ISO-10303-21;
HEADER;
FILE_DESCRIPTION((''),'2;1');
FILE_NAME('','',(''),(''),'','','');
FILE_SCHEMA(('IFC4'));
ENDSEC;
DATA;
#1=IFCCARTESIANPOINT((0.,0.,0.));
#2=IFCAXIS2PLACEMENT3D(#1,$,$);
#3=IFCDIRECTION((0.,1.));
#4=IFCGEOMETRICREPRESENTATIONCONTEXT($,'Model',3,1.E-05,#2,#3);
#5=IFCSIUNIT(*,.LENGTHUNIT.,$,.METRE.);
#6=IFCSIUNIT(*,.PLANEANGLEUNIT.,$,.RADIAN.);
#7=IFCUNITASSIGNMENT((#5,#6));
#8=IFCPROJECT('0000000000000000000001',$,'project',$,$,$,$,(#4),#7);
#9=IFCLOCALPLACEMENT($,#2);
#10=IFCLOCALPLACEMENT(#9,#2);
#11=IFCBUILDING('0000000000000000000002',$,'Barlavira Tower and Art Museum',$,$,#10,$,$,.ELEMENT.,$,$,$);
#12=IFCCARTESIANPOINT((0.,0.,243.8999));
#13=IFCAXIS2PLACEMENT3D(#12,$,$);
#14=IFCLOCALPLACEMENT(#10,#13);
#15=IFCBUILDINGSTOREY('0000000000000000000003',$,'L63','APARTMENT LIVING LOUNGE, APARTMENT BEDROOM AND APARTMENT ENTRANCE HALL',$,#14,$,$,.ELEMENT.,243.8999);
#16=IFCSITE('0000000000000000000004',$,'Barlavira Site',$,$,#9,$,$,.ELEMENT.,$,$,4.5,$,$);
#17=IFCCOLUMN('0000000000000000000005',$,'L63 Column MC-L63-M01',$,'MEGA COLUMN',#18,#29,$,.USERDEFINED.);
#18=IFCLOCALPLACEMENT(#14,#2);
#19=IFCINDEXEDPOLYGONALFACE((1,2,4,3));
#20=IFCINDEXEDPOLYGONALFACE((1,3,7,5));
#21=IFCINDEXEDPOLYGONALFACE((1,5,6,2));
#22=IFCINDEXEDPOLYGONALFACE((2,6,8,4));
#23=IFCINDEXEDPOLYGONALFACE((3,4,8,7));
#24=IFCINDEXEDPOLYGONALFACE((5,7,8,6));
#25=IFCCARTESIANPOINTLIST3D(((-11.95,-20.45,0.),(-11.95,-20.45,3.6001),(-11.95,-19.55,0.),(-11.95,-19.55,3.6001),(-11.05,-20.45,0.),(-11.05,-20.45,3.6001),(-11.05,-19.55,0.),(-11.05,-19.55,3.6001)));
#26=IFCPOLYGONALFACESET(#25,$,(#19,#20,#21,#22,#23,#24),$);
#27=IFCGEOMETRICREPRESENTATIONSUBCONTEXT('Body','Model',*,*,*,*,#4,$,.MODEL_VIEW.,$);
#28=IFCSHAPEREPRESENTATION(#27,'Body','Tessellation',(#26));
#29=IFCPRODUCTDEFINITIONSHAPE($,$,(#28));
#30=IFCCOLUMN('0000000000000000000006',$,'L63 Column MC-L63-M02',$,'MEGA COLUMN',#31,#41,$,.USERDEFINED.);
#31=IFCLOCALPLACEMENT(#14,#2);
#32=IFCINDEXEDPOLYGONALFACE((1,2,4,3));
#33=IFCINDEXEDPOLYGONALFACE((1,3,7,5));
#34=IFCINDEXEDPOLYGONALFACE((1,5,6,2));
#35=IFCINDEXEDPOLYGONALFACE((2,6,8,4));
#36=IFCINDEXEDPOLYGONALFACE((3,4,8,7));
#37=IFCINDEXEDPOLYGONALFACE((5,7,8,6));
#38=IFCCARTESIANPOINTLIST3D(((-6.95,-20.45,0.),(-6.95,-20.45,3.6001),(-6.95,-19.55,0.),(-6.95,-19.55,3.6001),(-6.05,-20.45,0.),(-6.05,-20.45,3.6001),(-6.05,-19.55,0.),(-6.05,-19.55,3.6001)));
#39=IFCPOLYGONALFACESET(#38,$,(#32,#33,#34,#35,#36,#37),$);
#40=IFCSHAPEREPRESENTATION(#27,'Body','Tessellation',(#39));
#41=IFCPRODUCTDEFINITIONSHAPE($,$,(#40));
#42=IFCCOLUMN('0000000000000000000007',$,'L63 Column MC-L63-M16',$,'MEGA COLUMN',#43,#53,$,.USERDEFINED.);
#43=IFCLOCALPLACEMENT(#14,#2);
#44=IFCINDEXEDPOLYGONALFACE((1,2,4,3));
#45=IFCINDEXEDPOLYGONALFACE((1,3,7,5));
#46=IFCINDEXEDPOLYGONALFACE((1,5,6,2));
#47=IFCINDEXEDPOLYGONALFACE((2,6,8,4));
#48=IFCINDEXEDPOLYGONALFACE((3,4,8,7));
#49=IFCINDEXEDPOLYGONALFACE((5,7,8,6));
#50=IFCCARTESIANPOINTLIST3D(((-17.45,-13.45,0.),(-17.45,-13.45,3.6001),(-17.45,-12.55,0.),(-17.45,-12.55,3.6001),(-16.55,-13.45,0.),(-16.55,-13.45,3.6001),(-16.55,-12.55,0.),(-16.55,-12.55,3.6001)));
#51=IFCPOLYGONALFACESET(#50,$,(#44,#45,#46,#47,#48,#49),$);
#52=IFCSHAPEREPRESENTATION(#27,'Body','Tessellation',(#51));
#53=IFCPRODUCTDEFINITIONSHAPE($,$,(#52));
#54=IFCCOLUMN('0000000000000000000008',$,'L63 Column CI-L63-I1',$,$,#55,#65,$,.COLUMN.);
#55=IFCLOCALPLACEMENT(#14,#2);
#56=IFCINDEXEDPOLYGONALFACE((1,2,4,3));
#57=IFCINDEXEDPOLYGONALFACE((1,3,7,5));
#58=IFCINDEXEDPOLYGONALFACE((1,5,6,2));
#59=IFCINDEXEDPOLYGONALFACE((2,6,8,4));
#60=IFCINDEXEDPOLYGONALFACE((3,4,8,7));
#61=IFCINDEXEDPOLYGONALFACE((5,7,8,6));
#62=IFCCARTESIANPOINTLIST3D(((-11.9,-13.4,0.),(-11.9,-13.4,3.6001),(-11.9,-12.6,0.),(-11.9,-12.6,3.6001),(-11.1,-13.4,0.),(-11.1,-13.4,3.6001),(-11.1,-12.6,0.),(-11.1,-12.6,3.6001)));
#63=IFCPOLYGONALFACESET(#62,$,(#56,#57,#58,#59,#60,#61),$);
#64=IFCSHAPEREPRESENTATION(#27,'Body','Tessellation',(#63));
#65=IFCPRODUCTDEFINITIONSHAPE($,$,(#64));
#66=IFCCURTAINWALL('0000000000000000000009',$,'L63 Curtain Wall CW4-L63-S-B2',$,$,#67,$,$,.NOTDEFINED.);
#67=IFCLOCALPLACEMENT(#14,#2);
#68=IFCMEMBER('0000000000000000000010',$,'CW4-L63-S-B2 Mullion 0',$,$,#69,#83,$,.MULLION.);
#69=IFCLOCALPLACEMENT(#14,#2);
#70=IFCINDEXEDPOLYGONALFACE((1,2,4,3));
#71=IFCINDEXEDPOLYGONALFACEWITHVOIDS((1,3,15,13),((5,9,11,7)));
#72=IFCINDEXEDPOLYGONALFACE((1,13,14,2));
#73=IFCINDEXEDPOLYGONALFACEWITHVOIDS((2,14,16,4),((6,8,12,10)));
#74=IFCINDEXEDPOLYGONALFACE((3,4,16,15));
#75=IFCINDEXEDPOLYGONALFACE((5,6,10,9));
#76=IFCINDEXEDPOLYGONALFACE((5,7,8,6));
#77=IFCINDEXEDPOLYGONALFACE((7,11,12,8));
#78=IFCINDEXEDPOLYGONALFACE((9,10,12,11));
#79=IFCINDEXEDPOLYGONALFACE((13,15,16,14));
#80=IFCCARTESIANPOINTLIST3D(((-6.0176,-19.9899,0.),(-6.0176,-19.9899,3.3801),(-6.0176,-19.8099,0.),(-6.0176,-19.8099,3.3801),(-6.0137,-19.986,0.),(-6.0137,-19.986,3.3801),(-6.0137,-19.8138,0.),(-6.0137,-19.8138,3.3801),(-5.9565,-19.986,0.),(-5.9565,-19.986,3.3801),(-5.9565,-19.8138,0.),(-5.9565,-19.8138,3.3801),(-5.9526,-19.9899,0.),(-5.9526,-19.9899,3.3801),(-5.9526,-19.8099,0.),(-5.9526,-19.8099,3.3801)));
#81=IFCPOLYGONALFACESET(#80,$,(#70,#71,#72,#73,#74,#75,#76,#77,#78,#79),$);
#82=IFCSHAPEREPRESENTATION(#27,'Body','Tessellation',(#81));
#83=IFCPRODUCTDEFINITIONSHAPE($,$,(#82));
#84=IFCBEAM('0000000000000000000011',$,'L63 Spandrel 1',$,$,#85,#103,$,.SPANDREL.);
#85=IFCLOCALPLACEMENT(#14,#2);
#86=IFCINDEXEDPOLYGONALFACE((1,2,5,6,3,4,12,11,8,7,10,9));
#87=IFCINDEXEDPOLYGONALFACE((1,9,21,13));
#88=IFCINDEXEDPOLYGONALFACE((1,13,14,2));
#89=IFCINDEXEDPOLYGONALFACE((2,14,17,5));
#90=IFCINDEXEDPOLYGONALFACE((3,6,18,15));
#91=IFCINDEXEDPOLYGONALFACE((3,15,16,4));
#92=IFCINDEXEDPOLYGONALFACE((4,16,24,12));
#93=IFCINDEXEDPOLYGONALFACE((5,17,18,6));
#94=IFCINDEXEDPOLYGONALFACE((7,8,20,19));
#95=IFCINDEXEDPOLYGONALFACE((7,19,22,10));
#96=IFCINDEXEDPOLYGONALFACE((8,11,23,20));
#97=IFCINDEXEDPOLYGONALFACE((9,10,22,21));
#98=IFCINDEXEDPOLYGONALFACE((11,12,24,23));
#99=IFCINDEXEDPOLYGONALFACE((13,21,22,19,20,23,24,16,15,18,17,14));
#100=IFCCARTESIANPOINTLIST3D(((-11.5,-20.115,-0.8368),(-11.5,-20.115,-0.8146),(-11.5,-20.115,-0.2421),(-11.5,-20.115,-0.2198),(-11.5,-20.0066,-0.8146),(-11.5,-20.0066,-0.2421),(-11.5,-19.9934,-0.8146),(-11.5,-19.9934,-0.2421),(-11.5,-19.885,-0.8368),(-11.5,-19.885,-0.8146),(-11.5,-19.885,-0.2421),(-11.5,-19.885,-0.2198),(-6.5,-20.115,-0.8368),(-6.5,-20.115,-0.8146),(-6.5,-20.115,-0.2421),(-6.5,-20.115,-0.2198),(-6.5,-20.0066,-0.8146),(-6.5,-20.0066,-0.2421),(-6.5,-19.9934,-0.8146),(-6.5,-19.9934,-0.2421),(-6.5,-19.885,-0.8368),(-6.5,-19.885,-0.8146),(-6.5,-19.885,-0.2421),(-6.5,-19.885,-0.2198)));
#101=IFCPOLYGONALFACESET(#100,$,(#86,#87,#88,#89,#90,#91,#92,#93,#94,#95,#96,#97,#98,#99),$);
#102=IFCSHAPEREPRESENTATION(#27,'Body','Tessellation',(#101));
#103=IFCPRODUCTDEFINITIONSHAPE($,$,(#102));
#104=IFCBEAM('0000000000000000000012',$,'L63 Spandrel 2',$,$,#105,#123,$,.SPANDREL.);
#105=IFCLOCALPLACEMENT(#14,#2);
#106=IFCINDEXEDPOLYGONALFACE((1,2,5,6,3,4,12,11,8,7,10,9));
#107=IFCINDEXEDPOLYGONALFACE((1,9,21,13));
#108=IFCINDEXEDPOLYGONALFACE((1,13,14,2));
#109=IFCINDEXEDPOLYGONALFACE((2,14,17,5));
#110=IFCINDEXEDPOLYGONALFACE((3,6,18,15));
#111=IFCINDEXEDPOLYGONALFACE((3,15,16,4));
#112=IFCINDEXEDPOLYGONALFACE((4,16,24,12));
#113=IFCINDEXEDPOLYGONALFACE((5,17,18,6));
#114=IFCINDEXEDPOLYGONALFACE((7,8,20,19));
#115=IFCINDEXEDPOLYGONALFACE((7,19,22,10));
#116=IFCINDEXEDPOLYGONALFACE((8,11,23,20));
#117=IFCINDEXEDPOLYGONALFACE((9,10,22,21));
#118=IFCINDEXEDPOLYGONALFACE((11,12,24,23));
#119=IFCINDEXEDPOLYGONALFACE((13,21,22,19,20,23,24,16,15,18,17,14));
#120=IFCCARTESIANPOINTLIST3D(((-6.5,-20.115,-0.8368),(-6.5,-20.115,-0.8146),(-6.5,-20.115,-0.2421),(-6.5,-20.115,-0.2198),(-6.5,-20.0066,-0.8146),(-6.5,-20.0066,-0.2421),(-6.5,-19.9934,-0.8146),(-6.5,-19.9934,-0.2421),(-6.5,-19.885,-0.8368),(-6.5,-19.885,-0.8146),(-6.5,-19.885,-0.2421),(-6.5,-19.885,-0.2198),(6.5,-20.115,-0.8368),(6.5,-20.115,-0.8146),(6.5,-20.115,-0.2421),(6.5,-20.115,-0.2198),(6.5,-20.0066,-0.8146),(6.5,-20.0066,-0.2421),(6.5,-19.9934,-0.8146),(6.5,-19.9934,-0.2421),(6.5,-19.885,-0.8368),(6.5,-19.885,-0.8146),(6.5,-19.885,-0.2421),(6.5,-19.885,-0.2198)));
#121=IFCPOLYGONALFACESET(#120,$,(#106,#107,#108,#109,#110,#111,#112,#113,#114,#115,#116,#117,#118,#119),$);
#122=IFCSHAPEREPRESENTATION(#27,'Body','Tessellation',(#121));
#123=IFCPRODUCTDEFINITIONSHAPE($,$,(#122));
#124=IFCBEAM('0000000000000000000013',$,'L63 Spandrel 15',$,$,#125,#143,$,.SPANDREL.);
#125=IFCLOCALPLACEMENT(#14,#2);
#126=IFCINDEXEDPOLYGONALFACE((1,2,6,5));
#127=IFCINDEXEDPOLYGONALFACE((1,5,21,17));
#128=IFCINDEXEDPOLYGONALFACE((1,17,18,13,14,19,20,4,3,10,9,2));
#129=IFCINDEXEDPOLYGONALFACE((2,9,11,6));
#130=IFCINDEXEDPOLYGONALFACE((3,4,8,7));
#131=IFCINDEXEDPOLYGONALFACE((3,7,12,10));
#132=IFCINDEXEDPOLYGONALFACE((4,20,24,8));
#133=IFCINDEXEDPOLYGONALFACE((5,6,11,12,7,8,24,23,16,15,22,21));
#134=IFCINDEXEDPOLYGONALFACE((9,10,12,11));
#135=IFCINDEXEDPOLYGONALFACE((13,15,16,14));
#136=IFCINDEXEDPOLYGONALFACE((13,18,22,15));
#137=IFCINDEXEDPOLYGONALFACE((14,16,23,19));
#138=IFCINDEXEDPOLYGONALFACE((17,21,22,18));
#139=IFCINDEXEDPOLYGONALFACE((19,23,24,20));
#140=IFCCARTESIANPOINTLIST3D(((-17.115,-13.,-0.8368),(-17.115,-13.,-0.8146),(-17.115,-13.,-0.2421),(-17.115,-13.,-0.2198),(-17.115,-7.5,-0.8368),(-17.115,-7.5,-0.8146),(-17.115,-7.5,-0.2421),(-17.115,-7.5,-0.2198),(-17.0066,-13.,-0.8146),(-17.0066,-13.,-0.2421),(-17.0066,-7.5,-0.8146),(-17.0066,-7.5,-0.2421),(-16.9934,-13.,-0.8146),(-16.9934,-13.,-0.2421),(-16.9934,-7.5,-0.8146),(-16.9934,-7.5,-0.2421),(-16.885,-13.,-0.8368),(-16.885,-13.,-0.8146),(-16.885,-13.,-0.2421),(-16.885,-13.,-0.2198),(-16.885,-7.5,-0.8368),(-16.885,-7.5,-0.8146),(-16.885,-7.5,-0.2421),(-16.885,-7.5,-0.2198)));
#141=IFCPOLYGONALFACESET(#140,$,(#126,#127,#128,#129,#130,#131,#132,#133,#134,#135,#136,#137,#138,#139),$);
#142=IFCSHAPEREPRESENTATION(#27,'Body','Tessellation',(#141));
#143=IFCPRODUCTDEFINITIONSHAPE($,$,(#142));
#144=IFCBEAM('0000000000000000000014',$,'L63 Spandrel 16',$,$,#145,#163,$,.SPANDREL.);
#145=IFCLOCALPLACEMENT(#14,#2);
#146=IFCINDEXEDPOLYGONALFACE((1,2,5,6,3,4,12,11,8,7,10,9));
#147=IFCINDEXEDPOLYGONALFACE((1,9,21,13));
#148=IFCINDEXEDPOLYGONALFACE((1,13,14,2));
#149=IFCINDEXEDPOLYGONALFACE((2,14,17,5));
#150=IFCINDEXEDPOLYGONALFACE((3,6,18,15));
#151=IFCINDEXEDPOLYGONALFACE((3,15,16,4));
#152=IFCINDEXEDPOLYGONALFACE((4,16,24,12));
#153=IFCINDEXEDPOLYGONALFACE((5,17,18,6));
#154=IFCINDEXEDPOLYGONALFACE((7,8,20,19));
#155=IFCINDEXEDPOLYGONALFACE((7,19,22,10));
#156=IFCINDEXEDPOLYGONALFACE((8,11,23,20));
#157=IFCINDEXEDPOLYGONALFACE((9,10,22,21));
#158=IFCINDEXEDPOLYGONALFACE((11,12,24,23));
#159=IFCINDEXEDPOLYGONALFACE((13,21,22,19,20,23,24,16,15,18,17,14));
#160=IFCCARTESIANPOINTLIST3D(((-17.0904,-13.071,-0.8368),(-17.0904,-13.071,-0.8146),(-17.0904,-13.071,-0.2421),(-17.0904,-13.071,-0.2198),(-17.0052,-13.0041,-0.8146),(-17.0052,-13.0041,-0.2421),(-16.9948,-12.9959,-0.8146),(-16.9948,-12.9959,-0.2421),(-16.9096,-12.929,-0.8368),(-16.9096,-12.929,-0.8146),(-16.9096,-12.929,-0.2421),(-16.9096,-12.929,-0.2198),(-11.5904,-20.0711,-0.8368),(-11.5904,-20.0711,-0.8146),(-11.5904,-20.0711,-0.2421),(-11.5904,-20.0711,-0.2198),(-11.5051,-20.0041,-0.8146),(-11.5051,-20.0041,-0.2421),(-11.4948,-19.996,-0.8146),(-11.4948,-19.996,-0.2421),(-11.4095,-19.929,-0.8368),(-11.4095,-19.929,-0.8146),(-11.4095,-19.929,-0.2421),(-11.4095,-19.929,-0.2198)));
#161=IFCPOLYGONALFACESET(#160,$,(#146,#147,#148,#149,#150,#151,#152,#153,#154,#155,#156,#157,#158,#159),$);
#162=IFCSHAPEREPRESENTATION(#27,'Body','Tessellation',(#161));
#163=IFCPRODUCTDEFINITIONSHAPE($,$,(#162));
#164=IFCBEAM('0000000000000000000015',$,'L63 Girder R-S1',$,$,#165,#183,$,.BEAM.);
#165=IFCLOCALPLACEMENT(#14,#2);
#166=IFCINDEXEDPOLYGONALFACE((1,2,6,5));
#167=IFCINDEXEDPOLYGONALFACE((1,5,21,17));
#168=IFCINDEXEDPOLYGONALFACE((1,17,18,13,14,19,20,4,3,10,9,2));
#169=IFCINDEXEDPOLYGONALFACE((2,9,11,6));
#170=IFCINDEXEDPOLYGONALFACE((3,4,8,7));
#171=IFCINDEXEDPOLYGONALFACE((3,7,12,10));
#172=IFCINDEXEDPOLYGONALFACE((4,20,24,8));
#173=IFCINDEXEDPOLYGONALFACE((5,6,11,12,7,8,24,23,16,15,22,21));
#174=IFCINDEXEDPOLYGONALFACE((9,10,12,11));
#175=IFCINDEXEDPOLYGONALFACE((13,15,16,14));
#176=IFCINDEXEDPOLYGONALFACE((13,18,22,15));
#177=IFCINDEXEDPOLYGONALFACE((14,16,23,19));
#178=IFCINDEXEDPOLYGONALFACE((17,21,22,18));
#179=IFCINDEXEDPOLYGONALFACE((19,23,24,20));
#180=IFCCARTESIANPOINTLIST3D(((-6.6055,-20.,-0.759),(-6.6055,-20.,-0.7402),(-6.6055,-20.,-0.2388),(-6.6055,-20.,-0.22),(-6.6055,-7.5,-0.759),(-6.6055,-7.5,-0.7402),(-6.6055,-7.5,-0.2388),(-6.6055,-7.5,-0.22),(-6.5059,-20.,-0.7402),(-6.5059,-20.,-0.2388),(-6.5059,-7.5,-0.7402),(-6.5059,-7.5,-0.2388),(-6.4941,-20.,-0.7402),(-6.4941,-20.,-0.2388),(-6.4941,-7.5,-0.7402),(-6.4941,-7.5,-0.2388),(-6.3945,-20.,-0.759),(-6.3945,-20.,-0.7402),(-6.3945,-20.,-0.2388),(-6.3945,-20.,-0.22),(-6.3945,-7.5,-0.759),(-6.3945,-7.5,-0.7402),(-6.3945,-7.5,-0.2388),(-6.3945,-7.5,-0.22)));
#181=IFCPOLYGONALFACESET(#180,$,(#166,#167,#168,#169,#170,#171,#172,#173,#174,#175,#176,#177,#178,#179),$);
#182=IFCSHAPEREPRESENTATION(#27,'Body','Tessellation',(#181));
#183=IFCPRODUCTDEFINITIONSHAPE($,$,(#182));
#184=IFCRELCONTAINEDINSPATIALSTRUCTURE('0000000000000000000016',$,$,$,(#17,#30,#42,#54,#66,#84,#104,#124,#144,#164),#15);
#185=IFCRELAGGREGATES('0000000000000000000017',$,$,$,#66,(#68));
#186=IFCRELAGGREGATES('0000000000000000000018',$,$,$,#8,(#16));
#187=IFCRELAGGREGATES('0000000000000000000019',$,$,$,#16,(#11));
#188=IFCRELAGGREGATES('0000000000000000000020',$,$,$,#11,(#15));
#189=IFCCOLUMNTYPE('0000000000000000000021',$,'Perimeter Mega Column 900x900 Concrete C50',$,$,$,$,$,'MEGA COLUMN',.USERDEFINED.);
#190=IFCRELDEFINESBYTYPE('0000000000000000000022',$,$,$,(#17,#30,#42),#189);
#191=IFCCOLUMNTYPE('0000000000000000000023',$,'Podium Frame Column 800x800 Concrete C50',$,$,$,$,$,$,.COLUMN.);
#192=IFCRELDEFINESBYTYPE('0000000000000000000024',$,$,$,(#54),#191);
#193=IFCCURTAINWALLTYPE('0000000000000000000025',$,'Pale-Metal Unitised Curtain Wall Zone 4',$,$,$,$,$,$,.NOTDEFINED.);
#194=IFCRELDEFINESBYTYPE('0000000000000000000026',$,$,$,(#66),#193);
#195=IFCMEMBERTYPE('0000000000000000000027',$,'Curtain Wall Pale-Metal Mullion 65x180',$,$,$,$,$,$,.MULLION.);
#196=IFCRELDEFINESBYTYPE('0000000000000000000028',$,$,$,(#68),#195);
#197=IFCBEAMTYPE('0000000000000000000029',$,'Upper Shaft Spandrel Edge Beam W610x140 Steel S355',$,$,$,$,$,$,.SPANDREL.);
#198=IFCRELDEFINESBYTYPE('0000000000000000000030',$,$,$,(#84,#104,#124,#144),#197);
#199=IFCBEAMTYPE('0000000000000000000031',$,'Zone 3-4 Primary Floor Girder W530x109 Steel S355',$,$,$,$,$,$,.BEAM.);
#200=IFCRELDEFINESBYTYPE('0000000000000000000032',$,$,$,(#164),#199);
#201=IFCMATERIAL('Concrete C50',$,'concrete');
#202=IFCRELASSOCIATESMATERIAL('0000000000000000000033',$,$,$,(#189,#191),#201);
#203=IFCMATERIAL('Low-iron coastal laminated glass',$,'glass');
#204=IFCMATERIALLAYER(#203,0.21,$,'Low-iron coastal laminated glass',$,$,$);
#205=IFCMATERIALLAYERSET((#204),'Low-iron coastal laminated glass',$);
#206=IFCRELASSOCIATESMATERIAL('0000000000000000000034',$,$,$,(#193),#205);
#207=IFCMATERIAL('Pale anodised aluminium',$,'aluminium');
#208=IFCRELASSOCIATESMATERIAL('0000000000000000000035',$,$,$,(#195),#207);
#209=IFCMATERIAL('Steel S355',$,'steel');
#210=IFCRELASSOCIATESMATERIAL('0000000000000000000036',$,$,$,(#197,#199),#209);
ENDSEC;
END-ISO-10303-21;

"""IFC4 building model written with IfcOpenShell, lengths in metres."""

from ifc_helpers import new_model, si_unit, direction, frame, origin, origin_2d, place, context, subcontext, project, spatial, rectangle, hollow_rectangle, i_section, extrude, material, layer, layer_set, material_profile, profile_set, type_object, element, aggregate, save


model = new_model("IFC4")

# Units and contexts
model_context = context("Model", 3, precision=1e-05, world=origin(), true_north=direction((0.0, 1.0)))
body_context = subcontext(model_context, "Body", "Model", "MODEL_VIEW")
ifc_project = project(units=[si_unit("LENGTHUNIT", "METRE"), si_unit("PLANEANGLEUNIT", "RADIAN")], contexts=[model_context])

# Site, building, storey
site_placement = place(None, origin())
site = spatial("IfcSite", under=ifc_project, at=site_placement, Name="Barlavira Site", CompositionType="ELEMENT", RefElevation=4.5)
building_placement = place(site_placement, origin())
building = spatial("IfcBuilding", under=site, at=building_placement, Name="Barlavira Tower and Art Museum", CompositionType="ELEMENT")
storey_placement = place(building_placement, frame((0.0, 0.0, 243.8999)))
storey = spatial("IfcBuildingStorey", under=building, at=storey_placement, Name="L63", Description="APARTMENT LIVING LOUNGE, APARTMENT BEDROOM AND APARTMENT ENTRANCE HALL", CompositionType="ELEMENT", Elevation=243.8999)

# Columns
ifc_material_1 = material(Name="Concrete C50", Category="concrete")
ifc_material_profile_1 = material_profile(ifc_material_1, rectangle(XDim=0.8999, YDim=0.8999, at=origin_2d()), Name="RC-COL 900x900")
ifc_profile_set_1 = profile_set([ifc_material_profile_1], Name="Concrete C50")
column_type_1 = type_object("IfcColumnType", Name="Perimeter Mega Column 900x900 Concrete C50", ElementType="MEGA COLUMN", PredefinedType="USERDEFINED", material=ifc_profile_set_1)
for number, where, z_axis, x_axis, name in (
    (1, (-11.5, -20.0, 0.0), (0.0, 0.0, 1.0), (1.0, 0.0, 0.0), "L63 Column MC-L63-M01"),
    (2, (-6.5, -20.0, 0.0), (0.0, 0.0, 1.0), (1.0, 0.0, 0.0), "L63 Column MC-L63-M02"),
    (3, (-17.0, -13.0, 0.0), (0.0, 0.0, 1.0), (1.0, 0.0, 0.0), "L63 Column MC-L63-M16"),
):
    element("IfcColumn", number, at=place(storey_placement, frame(where, z_axis=z_axis, x_axis=x_axis)), inside=storey, type_object=column_type_1, Name=name, ObjectType="MEGA COLUMN", PredefinedType="USERDEFINED", context=body_context, shape_type="SweptSolid", body=[
        extrude(rectangle(XDim=0.8999, YDim=0.8999, at=origin_2d()), origin(), (0.0, 0.0, 1.0), 3.6001),
    ])
ifc_material_profile_2 = material_profile(ifc_material_1, rectangle(XDim=0.8, YDim=0.8, at=origin_2d()), Name="RC-COL 800x800")
ifc_profile_set_2 = profile_set([ifc_material_profile_2], Name="Concrete C50")
column_type_2 = type_object("IfcColumnType", Name="Podium Frame Column 800x800 Concrete C50", PredefinedType="COLUMN", material=ifc_profile_set_2)
column_placement = place(storey_placement, frame((-11.5, -13.0, 0.0), z_axis=(0.0, 0.0, 1.0), x_axis=(1.0, 0.0, 0.0)))
element("IfcColumn", 4, at=column_placement, inside=storey, type_object=column_type_2, Name="L63 Column CI-L63-I1", PredefinedType="COLUMN", context=body_context, shape_type="SweptSolid", body=[
    extrude(rectangle(XDim=0.8, YDim=0.8, at=origin_2d()), origin(), (0.0, 0.0, 1.0), 3.6001),
])

# Curtain wall, member
ifc_material_2 = material(Name="Low-iron coastal laminated glass", Category="glass")
ifc_layer_1 = layer(ifc_material_2, 0.21, Name="Low-iron coastal laminated glass")
ifc_layer_set_1 = layer_set([ifc_layer_1], Name="Low-iron coastal laminated glass")
curtain_wall_type = type_object("IfcCurtainWallType", Name="Pale-Metal Unitised Curtain Wall Zone 4", PredefinedType="NOTDEFINED", material=ifc_layer_set_1)
curtain_wall_placement = place(storey_placement, origin())
curtain_wall = element("IfcCurtainWall", 5, at=curtain_wall_placement, inside=storey, type_object=curtain_wall_type, Name="L63 Curtain Wall CW4-L63-S-B2", PredefinedType="NOTDEFINED")
ifc_material_3 = material(Name="Pale anodised aluminium", Category="aluminium")
ifc_material_profile_3 = material_profile(ifc_material_3, hollow_rectangle(XDim=0.0649, YDim=0.1799, WallThickness=0.0039, at=origin_2d()), Name="ALU-MULL 65x180x4")
ifc_profile_set_3 = profile_set([ifc_material_profile_3], Name="Pale anodised aluminium")
member_type = type_object("IfcMemberType", Name="Curtain Wall Pale-Metal Mullion 65x180", PredefinedType="MULLION", material=ifc_profile_set_3)
member_placement = place(storey_placement, frame((-5.9851, -19.8999, 0.0), z_axis=(0.0, 0.0, 1.0), x_axis=(1.0, 0.0, 0.0)))
member = element("IfcMember", 6, at=member_placement, type_object=member_type, Name="CW4-L63-S-B2 Mullion 0", PredefinedType="MULLION", context=body_context, shape_type="SweptSolid", body=[
    extrude(hollow_rectangle(XDim=0.0649, YDim=0.1799, WallThickness=0.0039, at=origin_2d()), origin(), (0.0, 0.0, 1.0), 3.3801),
])
aggregate(curtain_wall, [member])

# Beams
ifc_material_4 = material(Name="Steel S355", Category="steel")
ifc_material_profile_4 = material_profile(ifc_material_4, i_section(OverallWidth=0.23, OverallDepth=0.6169, WebThickness=0.0132, FlangeThickness=0.0222, at=origin_2d()), Name="W610x140.0")
ifc_profile_set_4 = profile_set([ifc_material_profile_4], Name="Steel S355")
beam_type_1 = type_object("IfcBeamType", Name="Upper Shaft Spandrel Edge Beam W610x140 Steel S355", PredefinedType="SPANDREL", material=ifc_profile_set_4)
beam_1_placement = place(storey_placement, frame((-11.5, -20.0, -0.5283), z_axis=(1.0, 0.0, 0.0), x_axis=(0.0, 1.0, 0.0)))
element("IfcBeam", 7, at=beam_1_placement, inside=storey, type_object=beam_type_1, Name="L63 Spandrel 1", PredefinedType="SPANDREL", context=body_context, shape_type="SweptSolid", body=[
    extrude(i_section(OverallWidth=0.23, OverallDepth=0.6169, WebThickness=0.0132, FlangeThickness=0.0222, at=origin_2d()), origin(), (0.0, 0.0, 1.0), 5.0),
])
beam_2_placement = place(storey_placement, frame((-6.5, -20.0, -0.5283), z_axis=(1.0, 0.0, 0.0), x_axis=(0.0, 1.0, 0.0)))
element("IfcBeam", 8, at=beam_2_placement, inside=storey, type_object=beam_type_1, Name="L63 Spandrel 2", PredefinedType="SPANDREL", context=body_context, shape_type="SweptSolid", body=[
    extrude(i_section(OverallWidth=0.23, OverallDepth=0.6169, WebThickness=0.0132, FlangeThickness=0.0222, at=origin_2d()), origin(), (0.0, 0.0, 1.0), 13.0),
])
beam_3_placement = place(storey_placement, frame((-17.0, -13.0, -0.5283), z_axis=(0.0, 1.0, 0.0), x_axis=(-1.0, 0.0, 0.0)))
element("IfcBeam", 9, at=beam_3_placement, inside=storey, type_object=beam_type_1, Name="L63 Spandrel 15", PredefinedType="SPANDREL", context=body_context, shape_type="SweptSolid", body=[
    extrude(i_section(OverallWidth=0.23, OverallDepth=0.6169, WebThickness=0.0132, FlangeThickness=0.0222, at=origin_2d()), origin(), (0.0, 0.0, 1.0), 5.5),
])
beam_4_placement = place(storey_placement, frame((-17.0, -13.0, -0.5283), z_axis=(0.617822, -0.786318, 0.0), x_axis=(0.786318, 0.617822, 0.0)))
element("IfcBeam", 10, at=beam_4_placement, inside=storey, type_object=beam_type_1, Name="L63 Spandrel 16", PredefinedType="SPANDREL", context=body_context, shape_type="SweptSolid", body=[
    extrude(i_section(OverallWidth=0.23, OverallDepth=0.6169, WebThickness=0.0132, FlangeThickness=0.0222, at=origin_2d()), origin(), (0.0, 0.0, 1.0), 8.9023),
])
ifc_material_profile_5 = material_profile(ifc_material_4, i_section(OverallWidth=0.2109, OverallDepth=0.5391, WebThickness=0.0117, FlangeThickness=0.0188, at=origin_2d()), Name="W530x109.0")
ifc_profile_set_5 = profile_set([ifc_material_profile_5], Name="Steel S355")
beam_type_2 = type_object("IfcBeamType", Name="Zone 3-4 Primary Floor Girder W530x109 Steel S355", PredefinedType="BEAM", material=ifc_profile_set_5)
beam_5_placement = place(storey_placement, frame((-6.5, -20.0, -0.4895), z_axis=(0.0, 1.0, 0.0), x_axis=(-1.0, 0.0, 0.0)))
element("IfcBeam", 11, at=beam_5_placement, inside=storey, type_object=beam_type_2, Name="L63 Girder R-S1", PredefinedType="BEAM", context=body_context, shape_type="SweptSolid", body=[
    extrude(i_section(OverallWidth=0.2109, OverallDepth=0.5391, WebThickness=0.0117, FlangeThickness=0.0188, at=origin_2d()), origin(), (0.0, 0.0, 1.0), 12.5),
])

save(model, "model.ifc")
